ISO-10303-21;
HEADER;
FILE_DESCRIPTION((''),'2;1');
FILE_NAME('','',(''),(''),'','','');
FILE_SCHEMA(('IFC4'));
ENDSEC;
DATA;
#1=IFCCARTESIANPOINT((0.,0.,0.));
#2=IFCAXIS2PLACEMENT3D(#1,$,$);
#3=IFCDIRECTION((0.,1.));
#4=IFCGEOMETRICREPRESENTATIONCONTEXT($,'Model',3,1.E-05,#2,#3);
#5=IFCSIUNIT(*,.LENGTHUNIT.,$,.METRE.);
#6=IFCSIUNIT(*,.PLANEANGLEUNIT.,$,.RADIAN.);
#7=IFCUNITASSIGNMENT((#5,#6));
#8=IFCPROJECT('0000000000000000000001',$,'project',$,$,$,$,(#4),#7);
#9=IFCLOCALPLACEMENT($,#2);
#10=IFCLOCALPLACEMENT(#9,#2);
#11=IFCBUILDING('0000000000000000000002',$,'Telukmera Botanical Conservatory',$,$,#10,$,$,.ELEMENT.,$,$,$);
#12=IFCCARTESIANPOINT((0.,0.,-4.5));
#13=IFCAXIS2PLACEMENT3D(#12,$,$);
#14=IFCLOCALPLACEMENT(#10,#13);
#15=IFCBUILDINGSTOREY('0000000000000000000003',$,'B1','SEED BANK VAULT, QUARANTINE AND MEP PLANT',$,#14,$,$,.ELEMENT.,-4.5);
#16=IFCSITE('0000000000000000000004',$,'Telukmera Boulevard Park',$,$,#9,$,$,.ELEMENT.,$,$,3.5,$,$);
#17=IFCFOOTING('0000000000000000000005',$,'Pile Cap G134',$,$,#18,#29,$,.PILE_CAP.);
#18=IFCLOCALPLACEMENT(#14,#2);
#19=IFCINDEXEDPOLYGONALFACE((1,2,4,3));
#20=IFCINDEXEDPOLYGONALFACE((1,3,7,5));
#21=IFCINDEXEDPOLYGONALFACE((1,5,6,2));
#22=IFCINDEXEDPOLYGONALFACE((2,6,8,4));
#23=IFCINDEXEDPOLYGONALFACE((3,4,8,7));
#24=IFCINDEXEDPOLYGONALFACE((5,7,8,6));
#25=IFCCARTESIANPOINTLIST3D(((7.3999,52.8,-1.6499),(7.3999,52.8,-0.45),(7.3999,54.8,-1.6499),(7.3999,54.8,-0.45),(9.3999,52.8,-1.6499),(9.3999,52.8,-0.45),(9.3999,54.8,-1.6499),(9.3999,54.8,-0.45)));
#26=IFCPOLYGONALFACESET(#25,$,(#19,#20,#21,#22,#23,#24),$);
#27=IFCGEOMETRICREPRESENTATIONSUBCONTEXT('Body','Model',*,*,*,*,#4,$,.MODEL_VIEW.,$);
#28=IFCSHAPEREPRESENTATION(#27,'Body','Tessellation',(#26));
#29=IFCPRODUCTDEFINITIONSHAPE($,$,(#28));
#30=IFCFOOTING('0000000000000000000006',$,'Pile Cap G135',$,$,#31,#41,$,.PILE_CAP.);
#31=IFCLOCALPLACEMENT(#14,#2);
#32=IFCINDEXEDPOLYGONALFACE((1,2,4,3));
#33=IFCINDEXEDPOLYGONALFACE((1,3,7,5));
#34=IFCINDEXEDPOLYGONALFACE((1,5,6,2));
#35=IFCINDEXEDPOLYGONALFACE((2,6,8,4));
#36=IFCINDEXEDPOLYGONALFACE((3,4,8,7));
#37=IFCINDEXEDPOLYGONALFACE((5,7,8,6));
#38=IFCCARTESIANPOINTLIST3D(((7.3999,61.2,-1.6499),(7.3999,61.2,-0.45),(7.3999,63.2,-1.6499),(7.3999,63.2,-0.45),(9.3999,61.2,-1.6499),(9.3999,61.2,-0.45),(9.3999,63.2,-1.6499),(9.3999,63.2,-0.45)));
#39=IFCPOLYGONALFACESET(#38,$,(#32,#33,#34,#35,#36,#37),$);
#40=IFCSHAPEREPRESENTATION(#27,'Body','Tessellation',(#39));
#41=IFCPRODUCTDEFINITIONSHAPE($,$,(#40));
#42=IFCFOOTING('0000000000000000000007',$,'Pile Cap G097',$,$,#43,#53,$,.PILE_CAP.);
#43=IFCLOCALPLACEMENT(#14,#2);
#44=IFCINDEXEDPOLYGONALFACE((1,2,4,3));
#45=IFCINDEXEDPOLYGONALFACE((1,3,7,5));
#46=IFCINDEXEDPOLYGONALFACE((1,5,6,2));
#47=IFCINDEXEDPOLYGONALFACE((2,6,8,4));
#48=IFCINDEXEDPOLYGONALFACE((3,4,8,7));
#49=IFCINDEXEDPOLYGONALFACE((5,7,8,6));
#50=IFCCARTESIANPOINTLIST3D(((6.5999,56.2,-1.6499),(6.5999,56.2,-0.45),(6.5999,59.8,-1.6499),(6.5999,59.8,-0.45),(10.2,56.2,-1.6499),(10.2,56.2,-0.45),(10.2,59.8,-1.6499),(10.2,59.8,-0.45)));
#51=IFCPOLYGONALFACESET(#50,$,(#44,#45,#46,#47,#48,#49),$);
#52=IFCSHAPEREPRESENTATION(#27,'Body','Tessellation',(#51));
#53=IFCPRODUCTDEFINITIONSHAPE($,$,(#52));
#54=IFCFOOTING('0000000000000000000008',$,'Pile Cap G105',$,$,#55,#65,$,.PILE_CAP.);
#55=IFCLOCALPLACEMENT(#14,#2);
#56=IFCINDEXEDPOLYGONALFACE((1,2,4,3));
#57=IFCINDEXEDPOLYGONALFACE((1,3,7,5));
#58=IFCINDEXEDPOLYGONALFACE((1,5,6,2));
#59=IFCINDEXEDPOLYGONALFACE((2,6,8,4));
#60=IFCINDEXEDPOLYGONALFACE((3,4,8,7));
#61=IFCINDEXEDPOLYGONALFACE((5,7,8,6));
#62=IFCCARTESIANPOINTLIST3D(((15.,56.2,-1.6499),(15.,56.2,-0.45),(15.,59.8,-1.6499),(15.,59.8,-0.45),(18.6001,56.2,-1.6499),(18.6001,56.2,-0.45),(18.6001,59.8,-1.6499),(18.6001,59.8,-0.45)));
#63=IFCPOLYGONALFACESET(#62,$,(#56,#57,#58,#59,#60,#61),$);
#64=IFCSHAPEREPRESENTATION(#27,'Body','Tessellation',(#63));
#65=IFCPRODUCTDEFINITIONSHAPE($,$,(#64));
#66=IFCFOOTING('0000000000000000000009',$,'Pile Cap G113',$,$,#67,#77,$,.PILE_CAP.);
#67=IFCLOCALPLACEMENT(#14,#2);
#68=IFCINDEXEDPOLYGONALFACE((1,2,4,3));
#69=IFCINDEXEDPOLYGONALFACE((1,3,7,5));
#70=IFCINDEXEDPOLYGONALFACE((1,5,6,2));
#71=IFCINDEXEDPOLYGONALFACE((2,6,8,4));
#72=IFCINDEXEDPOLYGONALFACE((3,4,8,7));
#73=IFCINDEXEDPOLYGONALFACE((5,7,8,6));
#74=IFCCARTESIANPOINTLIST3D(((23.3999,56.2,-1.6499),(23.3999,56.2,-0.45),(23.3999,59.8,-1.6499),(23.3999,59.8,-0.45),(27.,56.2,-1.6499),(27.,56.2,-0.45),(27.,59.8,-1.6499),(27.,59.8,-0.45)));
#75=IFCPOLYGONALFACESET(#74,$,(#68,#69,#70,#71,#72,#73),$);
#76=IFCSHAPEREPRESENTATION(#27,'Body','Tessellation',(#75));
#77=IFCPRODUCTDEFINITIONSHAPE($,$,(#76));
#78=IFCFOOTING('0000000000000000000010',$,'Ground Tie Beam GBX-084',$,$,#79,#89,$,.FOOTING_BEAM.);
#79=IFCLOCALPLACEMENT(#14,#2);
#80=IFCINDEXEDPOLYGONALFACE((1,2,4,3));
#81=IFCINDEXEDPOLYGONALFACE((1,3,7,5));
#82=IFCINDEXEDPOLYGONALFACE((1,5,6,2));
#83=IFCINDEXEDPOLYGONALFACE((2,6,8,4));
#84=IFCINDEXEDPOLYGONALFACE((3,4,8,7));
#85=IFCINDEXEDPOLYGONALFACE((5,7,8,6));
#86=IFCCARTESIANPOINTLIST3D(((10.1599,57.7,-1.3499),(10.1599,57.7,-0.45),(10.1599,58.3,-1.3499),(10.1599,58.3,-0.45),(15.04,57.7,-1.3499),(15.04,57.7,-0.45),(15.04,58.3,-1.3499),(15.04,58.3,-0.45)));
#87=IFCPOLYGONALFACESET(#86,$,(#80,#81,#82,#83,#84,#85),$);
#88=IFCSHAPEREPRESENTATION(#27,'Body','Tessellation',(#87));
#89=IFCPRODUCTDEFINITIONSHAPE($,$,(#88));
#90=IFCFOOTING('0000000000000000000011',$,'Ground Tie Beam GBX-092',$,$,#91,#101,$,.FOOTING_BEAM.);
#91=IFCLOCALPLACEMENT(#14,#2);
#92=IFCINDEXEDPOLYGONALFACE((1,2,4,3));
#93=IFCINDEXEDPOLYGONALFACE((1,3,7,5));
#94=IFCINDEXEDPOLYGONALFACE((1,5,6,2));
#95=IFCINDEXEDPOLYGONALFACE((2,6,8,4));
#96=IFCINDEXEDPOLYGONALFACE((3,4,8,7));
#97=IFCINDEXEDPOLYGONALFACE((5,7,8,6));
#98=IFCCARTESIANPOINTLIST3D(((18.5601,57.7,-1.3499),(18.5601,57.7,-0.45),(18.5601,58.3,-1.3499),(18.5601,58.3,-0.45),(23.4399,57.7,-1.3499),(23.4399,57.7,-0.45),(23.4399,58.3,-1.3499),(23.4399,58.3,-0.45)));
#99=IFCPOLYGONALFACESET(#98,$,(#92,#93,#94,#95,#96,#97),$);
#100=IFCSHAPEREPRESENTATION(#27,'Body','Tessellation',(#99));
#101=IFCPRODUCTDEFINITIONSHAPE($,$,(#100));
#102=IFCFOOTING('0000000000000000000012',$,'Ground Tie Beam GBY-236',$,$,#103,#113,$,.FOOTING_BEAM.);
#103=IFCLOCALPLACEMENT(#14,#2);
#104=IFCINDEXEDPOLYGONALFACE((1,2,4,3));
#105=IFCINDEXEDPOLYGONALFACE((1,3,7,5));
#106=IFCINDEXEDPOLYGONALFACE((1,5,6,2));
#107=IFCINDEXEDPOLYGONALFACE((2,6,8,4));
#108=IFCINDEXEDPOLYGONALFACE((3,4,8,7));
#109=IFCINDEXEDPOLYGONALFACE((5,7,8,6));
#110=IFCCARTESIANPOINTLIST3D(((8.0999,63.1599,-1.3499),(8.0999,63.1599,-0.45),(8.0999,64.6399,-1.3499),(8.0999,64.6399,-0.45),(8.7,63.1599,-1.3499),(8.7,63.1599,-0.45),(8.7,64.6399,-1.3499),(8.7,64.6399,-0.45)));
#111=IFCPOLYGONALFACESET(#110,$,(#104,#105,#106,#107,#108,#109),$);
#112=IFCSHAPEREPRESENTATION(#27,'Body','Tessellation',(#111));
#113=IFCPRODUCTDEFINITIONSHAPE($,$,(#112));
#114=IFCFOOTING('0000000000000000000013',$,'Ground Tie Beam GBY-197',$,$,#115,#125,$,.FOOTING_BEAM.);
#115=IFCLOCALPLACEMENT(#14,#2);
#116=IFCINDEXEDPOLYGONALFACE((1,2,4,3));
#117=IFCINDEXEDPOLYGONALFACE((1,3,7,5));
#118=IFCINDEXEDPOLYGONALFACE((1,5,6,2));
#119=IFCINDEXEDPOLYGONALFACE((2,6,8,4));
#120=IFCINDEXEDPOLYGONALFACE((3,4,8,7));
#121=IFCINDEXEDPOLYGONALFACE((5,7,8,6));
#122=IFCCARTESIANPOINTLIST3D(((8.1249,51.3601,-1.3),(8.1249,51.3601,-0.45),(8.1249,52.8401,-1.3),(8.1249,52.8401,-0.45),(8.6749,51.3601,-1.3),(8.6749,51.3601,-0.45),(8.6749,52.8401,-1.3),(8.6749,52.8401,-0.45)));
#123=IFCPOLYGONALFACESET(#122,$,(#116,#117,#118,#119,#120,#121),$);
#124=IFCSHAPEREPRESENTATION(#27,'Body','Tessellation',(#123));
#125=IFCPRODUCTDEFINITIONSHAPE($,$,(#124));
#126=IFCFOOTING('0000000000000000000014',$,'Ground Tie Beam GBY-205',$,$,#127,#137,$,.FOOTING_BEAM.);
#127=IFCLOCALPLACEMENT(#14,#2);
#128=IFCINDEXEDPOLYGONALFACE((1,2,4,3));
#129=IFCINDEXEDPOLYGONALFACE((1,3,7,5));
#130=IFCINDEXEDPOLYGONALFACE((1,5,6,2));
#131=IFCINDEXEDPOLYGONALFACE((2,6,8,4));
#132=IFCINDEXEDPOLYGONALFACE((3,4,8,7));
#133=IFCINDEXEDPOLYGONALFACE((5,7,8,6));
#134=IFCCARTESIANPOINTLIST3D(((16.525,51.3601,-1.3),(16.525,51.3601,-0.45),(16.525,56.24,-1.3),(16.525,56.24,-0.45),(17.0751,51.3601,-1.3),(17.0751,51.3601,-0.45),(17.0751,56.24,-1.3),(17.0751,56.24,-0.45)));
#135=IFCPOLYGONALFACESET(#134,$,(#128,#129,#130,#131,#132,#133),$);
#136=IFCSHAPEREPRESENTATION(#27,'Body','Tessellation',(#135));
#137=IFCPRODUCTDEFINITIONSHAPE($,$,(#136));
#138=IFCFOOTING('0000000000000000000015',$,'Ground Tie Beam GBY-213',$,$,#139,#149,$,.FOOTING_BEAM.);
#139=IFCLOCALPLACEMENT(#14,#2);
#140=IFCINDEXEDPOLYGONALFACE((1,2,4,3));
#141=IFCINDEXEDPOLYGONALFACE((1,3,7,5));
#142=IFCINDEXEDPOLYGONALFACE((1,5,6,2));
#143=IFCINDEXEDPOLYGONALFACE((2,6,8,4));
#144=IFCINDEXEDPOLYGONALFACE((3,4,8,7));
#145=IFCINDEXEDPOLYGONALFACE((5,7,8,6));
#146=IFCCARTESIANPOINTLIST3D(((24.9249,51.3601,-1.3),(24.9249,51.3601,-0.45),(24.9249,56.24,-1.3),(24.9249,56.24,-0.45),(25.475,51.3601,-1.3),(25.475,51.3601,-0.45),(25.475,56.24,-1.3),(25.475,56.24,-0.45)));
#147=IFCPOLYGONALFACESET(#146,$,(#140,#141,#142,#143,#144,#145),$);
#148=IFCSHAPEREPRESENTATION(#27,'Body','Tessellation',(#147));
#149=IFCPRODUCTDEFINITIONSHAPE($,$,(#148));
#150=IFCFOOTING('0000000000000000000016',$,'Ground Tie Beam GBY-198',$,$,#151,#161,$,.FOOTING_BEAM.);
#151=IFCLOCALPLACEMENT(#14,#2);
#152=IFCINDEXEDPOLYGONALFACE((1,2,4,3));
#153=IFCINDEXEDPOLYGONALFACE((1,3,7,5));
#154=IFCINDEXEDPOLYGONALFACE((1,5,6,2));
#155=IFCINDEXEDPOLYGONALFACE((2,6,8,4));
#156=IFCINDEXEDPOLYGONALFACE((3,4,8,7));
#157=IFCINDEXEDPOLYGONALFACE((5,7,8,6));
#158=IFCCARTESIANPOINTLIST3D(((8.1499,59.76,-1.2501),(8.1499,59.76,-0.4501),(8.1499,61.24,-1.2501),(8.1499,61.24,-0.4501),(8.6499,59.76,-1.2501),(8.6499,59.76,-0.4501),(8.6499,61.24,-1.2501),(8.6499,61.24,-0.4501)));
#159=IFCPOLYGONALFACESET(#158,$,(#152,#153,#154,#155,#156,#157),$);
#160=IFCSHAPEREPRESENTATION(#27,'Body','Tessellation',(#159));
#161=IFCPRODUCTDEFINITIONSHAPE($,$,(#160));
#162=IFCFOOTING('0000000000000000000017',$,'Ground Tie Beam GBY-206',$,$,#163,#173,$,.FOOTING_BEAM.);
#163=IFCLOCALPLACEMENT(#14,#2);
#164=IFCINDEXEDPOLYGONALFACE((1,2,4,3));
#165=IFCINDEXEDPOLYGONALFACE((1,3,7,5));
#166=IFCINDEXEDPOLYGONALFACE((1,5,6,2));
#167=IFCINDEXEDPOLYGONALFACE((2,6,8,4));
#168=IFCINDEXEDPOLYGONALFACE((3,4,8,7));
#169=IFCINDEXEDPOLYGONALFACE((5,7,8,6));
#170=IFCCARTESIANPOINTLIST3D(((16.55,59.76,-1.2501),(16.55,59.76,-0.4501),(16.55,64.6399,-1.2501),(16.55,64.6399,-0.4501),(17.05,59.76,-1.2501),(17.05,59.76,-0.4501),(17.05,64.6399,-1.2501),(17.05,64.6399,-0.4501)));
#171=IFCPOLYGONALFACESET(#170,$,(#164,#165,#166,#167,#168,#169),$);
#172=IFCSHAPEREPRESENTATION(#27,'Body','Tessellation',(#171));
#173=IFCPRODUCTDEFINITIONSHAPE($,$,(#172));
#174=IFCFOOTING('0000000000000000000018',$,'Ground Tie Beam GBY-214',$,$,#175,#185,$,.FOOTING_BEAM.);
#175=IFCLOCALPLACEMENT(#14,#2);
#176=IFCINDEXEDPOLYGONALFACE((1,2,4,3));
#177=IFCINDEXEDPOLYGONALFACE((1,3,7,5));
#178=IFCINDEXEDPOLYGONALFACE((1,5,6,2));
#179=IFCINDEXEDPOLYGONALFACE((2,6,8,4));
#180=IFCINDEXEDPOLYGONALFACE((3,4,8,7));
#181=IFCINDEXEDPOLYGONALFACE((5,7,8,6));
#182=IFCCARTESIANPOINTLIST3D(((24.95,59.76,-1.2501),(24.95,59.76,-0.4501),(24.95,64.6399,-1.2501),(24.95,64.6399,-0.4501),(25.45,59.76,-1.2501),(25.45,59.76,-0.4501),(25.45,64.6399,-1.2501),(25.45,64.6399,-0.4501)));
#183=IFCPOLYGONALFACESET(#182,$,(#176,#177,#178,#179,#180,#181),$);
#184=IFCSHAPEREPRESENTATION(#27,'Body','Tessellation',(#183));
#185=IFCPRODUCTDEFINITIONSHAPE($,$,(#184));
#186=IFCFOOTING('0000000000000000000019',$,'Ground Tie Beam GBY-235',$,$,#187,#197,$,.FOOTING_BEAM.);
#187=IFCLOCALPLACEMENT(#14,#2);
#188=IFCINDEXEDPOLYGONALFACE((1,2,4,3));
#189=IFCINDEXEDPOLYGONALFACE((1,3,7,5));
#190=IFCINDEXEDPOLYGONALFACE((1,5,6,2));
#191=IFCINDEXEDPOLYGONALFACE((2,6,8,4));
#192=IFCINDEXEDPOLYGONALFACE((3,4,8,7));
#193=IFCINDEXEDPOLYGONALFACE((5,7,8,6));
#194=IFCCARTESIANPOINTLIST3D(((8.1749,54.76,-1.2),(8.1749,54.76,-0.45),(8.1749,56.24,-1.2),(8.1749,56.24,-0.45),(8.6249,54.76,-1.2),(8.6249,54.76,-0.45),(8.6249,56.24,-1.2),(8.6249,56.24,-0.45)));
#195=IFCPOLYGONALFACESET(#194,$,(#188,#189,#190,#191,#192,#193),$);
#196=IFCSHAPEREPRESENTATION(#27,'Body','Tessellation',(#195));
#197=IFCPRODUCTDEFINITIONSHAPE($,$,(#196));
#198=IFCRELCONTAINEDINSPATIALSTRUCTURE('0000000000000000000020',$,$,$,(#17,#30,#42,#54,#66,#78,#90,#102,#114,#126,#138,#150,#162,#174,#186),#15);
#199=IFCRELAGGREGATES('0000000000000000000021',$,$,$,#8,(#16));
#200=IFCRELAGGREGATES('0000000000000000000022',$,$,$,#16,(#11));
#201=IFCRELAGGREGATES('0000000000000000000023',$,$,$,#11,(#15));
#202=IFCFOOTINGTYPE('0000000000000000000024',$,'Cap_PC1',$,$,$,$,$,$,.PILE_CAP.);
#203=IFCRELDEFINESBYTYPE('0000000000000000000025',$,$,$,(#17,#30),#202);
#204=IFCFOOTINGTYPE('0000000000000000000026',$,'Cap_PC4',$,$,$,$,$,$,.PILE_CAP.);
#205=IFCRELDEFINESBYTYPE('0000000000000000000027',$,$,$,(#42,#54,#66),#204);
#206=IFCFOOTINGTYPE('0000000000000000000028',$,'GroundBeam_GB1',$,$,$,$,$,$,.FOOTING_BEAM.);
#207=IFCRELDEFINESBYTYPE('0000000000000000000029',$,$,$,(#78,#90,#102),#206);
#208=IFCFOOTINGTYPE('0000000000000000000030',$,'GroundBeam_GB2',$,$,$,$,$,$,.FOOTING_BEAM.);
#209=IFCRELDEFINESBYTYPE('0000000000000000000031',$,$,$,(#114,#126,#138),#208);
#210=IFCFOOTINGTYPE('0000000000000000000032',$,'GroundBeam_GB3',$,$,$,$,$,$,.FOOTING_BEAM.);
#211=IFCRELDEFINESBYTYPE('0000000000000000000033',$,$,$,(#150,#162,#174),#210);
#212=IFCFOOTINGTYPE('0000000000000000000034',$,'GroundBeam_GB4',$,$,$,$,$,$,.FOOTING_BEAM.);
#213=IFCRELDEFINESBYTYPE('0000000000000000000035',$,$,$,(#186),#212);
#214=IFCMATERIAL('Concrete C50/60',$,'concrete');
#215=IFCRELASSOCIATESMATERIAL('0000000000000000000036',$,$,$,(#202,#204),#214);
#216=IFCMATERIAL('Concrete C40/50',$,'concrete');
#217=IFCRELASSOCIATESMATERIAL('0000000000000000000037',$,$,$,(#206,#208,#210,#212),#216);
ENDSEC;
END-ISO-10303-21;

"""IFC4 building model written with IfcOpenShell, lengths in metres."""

from ifc_helpers import new_model, si_unit, direction, frame, origin, origin_2d, place, context, subcontext, project, spatial, rectangle, extrude, material, material_profile, profile_set, type_object, element, save


model = new_model("IFC4")

# Units and contexts
model_context = context("Model", 3, precision=1e-05, world=origin(), true_north=direction((0.0, 1.0)))
body_context = subcontext(model_context, "Body", "Model", "MODEL_VIEW")
ifc_project = project(units=[si_unit("LENGTHUNIT", "METRE"), si_unit("PLANEANGLEUNIT", "RADIAN")], contexts=[model_context])

# Site, building, storey
site_placement = place(None, origin())
site = spatial("IfcSite", under=ifc_project, at=site_placement, Name="Telukmera Boulevard Park", CompositionType="ELEMENT", RefElevation=3.5)
building_placement = place(site_placement, origin())
building = spatial("IfcBuilding", under=site, at=building_placement, Name="Telukmera Botanical Conservatory", CompositionType="ELEMENT")
storey_placement = place(building_placement, frame((0.0, 0.0, -4.5)))
storey = spatial("IfcBuildingStorey", under=building, at=storey_placement, Name="B1", Description="SEED BANK VAULT, QUARANTINE AND MEP PLANT", CompositionType="ELEMENT", Elevation=-4.5)

# Footings
ifc_material_1 = material(Name="Concrete C50/60", Category="concrete")
footing_type_1 = type_object("IfcFootingType", Name="Cap_PC1", PredefinedType="PILE_CAP", material=ifc_material_1)
for number, where, z_axis, x_axis, name in (
    (1, (8.3999, 53.8, -1.6499), (0.0, 0.0, 1.0), (1.0, 0.0, 0.0), "Pile Cap G134"),
    (2, (8.3999, 62.2, -1.6499), (0.0, 0.0, 1.0), (1.0, 0.0, 0.0), "Pile Cap G135"),
):
    element("IfcFooting", number, at=place(storey_placement, frame(where, z_axis=z_axis, x_axis=x_axis)), inside=storey, type_object=footing_type_1, Name=name, PredefinedType="PILE_CAP", context=body_context, shape_type="SweptSolid", body=[
        extrude(rectangle(XDim=2.0, YDim=2.0, at=origin_2d()), origin(), (0.0, 0.0, 1.0), 1.2),
    ])
footing_type_2 = type_object("IfcFootingType", Name="Cap_PC4", PredefinedType="PILE_CAP", material=ifc_material_1)
for number, where, z_axis, x_axis, name in (
    (3, (8.3999, 58.0, -1.6499), (0.0, 0.0, 1.0), (1.0, 0.0, 0.0), "Pile Cap G097"),
    (4, (16.8, 58.0, -1.6499), (0.0, 0.0, 1.0), (1.0, 0.0, 0.0), "Pile Cap G105"),
    (5, (25.2, 58.0, -1.6499), (0.0, 0.0, 1.0), (1.0, 0.0, 0.0), "Pile Cap G113"),
):
    element("IfcFooting", number, at=place(storey_placement, frame(where, z_axis=z_axis, x_axis=x_axis)), inside=storey, type_object=footing_type_2, Name=name, PredefinedType="PILE_CAP", context=body_context, shape_type="SweptSolid", body=[
        extrude(rectangle(XDim=3.6001, YDim=3.6001, at=origin_2d()), origin(), (0.0, 0.0, 1.0), 1.2),
    ])
ifc_material_2 = material(Name="Concrete C40/50", Category="concrete")
ifc_material_profile_1 = material_profile(ifc_material_2, rectangle(XDim=0.6001, YDim=0.8999, at=origin_2d()), Name="RC 600x900")
ifc_profile_set_1 = profile_set([ifc_material_profile_1], Name="Concrete C40/50")
footing_type_3 = type_object("IfcFootingType", Name="GroundBeam_GB1", PredefinedType="FOOTING_BEAM", material=ifc_profile_set_1)
footing_1_placement = place(storey_placement, frame((10.1599, 58.0, -0.8999), z_axis=(1.0, 0.0, 0.0), x_axis=(0.0, 1.0, 0.0)))
element("IfcFooting", 6, at=footing_1_placement, inside=storey, type_object=footing_type_3, Name="Ground Tie Beam GBX-084", PredefinedType="FOOTING_BEAM", context=body_context, shape_type="SweptSolid", body=[
    extrude(rectangle(XDim=0.6001, YDim=0.8999, at=origin_2d()), origin(), (0.0, 0.0, 1.0), 4.8801),
])
footing_2_placement = place(storey_placement, frame((18.5601, 58.0, -0.8999), z_axis=(1.0, 0.0, 0.0), x_axis=(0.0, 1.0, 0.0)))
element("IfcFooting", 7, at=footing_2_placement, inside=storey, type_object=footing_type_3, Name="Ground Tie Beam GBX-092", PredefinedType="FOOTING_BEAM", context=body_context, shape_type="SweptSolid", body=[
    extrude(rectangle(XDim=0.6001, YDim=0.8999, at=origin_2d()), origin(), (0.0, 0.0, 1.0), 4.8799),
])
footing_3_placement = place(storey_placement, frame((8.3999, 63.1599, -0.8999), z_axis=(0.0, 1.0, 0.0), x_axis=(-1.0, 0.0, 0.0)))
element("IfcFooting", 8, at=footing_3_placement, inside=storey, type_object=footing_type_3, Name="Ground Tie Beam GBY-236", PredefinedType="FOOTING_BEAM", context=body_context, shape_type="SweptSolid", body=[
    extrude(rectangle(XDim=0.6001, YDim=0.8999, at=origin_2d()), origin(), (0.0, 0.0, 1.0), 1.48),
])
ifc_material_profile_2 = material_profile(ifc_material_2, rectangle(XDim=0.55, YDim=0.8501, at=origin_2d()), Name="RC 550x850")
ifc_profile_set_2 = profile_set([ifc_material_profile_2], Name="Concrete C40/50")
footing_type_4 = type_object("IfcFootingType", Name="GroundBeam_GB2", PredefinedType="FOOTING_BEAM", material=ifc_profile_set_2)
footing_4_placement = place(storey_placement, frame((8.3999, 51.3601, -0.875), z_axis=(0.0, 1.0, 0.0), x_axis=(-1.0, 0.0, 0.0)))
element("IfcFooting", 9, at=footing_4_placement, inside=storey, type_object=footing_type_4, Name="Ground Tie Beam GBY-197", PredefinedType="FOOTING_BEAM", context=body_context, shape_type="SweptSolid", body=[
    extrude(rectangle(XDim=0.55, YDim=0.8501, at=origin_2d()), origin(), (0.0, 0.0, 1.0), 1.48),
])
for number, where, z_axis, x_axis, name in (
    (10, (16.8, 51.3601, -0.875), (0.0, 1.0, 0.0), (-1.0, 0.0, 0.0), "Ground Tie Beam GBY-205"),
    (11, (25.2, 51.3601, -0.875), (0.0, 1.0, 0.0), (-1.0, 0.0, 0.0), "Ground Tie Beam GBY-213"),
):
    element("IfcFooting", number, at=place(storey_placement, frame(where, z_axis=z_axis, x_axis=x_axis)), inside=storey, type_object=footing_type_4, Name=name, PredefinedType="FOOTING_BEAM", context=body_context, shape_type="SweptSolid", body=[
        extrude(rectangle(XDim=0.55, YDim=0.8501, at=origin_2d()), origin(), (0.0, 0.0, 1.0), 4.8799),
    ])
ifc_material_profile_3 = material_profile(ifc_material_2, rectangle(XDim=0.5, YDim=0.8, at=origin_2d()), Name="RC 500x800")
ifc_profile_set_3 = profile_set([ifc_material_profile_3], Name="Concrete C40/50")
footing_type_5 = type_object("IfcFootingType", Name="GroundBeam_GB3", PredefinedType="FOOTING_BEAM", material=ifc_profile_set_3)
footing_5_placement = place(storey_placement, frame((8.3999, 59.76, -0.8501), z_axis=(0.0, 1.0, 0.0), x_axis=(-1.0, 0.0, 0.0)))
element("IfcFooting", 12, at=footing_5_placement, inside=storey, type_object=footing_type_5, Name="Ground Tie Beam GBY-198", PredefinedType="FOOTING_BEAM", context=body_context, shape_type="SweptSolid", body=[
    extrude(rectangle(XDim=0.5, YDim=0.8, at=origin_2d()), origin(), (0.0, 0.0, 1.0), 1.48),
])
for number, where, z_axis, x_axis, name in (
    (13, (16.8, 59.76, -0.8501), (0.0, 1.0, 0.0), (-1.0, 0.0, 0.0), "Ground Tie Beam GBY-206"),
    (14, (25.2, 59.76, -0.8501), (0.0, 1.0, 0.0), (-1.0, 0.0, 0.0), "Ground Tie Beam GBY-214"),
):
    element("IfcFooting", number, at=place(storey_placement, frame(where, z_axis=z_axis, x_axis=x_axis)), inside=storey, type_object=footing_type_5, Name=name, PredefinedType="FOOTING_BEAM", context=body_context, shape_type="SweptSolid", body=[
        extrude(rectangle(XDim=0.5, YDim=0.8, at=origin_2d()), origin(), (0.0, 0.0, 1.0), 4.8799),
    ])
ifc_material_profile_4 = material_profile(ifc_material_2, rectangle(XDim=0.45, YDim=0.75, at=origin_2d()), Name="RC 450x750")
ifc_profile_set_4 = profile_set([ifc_material_profile_4], Name="Concrete C40/50")
footing_type_6 = type_object("IfcFootingType", Name="GroundBeam_GB4", PredefinedType="FOOTING_BEAM", material=ifc_profile_set_4)
footing_6_placement = place(storey_placement, frame((8.3999, 54.76, -0.825), z_axis=(0.0, 1.0, 0.0), x_axis=(-1.0, 0.0, 0.0)))
element("IfcFooting", 15, at=footing_6_placement, inside=storey, type_object=footing_type_6, Name="Ground Tie Beam GBY-235", PredefinedType="FOOTING_BEAM", context=body_context, shape_type="SweptSolid", body=[
    extrude(rectangle(XDim=0.45, YDim=0.75, at=origin_2d()), origin(), (0.0, 0.0, 1.0), 1.48),
])

save(model, "model.ifc")
